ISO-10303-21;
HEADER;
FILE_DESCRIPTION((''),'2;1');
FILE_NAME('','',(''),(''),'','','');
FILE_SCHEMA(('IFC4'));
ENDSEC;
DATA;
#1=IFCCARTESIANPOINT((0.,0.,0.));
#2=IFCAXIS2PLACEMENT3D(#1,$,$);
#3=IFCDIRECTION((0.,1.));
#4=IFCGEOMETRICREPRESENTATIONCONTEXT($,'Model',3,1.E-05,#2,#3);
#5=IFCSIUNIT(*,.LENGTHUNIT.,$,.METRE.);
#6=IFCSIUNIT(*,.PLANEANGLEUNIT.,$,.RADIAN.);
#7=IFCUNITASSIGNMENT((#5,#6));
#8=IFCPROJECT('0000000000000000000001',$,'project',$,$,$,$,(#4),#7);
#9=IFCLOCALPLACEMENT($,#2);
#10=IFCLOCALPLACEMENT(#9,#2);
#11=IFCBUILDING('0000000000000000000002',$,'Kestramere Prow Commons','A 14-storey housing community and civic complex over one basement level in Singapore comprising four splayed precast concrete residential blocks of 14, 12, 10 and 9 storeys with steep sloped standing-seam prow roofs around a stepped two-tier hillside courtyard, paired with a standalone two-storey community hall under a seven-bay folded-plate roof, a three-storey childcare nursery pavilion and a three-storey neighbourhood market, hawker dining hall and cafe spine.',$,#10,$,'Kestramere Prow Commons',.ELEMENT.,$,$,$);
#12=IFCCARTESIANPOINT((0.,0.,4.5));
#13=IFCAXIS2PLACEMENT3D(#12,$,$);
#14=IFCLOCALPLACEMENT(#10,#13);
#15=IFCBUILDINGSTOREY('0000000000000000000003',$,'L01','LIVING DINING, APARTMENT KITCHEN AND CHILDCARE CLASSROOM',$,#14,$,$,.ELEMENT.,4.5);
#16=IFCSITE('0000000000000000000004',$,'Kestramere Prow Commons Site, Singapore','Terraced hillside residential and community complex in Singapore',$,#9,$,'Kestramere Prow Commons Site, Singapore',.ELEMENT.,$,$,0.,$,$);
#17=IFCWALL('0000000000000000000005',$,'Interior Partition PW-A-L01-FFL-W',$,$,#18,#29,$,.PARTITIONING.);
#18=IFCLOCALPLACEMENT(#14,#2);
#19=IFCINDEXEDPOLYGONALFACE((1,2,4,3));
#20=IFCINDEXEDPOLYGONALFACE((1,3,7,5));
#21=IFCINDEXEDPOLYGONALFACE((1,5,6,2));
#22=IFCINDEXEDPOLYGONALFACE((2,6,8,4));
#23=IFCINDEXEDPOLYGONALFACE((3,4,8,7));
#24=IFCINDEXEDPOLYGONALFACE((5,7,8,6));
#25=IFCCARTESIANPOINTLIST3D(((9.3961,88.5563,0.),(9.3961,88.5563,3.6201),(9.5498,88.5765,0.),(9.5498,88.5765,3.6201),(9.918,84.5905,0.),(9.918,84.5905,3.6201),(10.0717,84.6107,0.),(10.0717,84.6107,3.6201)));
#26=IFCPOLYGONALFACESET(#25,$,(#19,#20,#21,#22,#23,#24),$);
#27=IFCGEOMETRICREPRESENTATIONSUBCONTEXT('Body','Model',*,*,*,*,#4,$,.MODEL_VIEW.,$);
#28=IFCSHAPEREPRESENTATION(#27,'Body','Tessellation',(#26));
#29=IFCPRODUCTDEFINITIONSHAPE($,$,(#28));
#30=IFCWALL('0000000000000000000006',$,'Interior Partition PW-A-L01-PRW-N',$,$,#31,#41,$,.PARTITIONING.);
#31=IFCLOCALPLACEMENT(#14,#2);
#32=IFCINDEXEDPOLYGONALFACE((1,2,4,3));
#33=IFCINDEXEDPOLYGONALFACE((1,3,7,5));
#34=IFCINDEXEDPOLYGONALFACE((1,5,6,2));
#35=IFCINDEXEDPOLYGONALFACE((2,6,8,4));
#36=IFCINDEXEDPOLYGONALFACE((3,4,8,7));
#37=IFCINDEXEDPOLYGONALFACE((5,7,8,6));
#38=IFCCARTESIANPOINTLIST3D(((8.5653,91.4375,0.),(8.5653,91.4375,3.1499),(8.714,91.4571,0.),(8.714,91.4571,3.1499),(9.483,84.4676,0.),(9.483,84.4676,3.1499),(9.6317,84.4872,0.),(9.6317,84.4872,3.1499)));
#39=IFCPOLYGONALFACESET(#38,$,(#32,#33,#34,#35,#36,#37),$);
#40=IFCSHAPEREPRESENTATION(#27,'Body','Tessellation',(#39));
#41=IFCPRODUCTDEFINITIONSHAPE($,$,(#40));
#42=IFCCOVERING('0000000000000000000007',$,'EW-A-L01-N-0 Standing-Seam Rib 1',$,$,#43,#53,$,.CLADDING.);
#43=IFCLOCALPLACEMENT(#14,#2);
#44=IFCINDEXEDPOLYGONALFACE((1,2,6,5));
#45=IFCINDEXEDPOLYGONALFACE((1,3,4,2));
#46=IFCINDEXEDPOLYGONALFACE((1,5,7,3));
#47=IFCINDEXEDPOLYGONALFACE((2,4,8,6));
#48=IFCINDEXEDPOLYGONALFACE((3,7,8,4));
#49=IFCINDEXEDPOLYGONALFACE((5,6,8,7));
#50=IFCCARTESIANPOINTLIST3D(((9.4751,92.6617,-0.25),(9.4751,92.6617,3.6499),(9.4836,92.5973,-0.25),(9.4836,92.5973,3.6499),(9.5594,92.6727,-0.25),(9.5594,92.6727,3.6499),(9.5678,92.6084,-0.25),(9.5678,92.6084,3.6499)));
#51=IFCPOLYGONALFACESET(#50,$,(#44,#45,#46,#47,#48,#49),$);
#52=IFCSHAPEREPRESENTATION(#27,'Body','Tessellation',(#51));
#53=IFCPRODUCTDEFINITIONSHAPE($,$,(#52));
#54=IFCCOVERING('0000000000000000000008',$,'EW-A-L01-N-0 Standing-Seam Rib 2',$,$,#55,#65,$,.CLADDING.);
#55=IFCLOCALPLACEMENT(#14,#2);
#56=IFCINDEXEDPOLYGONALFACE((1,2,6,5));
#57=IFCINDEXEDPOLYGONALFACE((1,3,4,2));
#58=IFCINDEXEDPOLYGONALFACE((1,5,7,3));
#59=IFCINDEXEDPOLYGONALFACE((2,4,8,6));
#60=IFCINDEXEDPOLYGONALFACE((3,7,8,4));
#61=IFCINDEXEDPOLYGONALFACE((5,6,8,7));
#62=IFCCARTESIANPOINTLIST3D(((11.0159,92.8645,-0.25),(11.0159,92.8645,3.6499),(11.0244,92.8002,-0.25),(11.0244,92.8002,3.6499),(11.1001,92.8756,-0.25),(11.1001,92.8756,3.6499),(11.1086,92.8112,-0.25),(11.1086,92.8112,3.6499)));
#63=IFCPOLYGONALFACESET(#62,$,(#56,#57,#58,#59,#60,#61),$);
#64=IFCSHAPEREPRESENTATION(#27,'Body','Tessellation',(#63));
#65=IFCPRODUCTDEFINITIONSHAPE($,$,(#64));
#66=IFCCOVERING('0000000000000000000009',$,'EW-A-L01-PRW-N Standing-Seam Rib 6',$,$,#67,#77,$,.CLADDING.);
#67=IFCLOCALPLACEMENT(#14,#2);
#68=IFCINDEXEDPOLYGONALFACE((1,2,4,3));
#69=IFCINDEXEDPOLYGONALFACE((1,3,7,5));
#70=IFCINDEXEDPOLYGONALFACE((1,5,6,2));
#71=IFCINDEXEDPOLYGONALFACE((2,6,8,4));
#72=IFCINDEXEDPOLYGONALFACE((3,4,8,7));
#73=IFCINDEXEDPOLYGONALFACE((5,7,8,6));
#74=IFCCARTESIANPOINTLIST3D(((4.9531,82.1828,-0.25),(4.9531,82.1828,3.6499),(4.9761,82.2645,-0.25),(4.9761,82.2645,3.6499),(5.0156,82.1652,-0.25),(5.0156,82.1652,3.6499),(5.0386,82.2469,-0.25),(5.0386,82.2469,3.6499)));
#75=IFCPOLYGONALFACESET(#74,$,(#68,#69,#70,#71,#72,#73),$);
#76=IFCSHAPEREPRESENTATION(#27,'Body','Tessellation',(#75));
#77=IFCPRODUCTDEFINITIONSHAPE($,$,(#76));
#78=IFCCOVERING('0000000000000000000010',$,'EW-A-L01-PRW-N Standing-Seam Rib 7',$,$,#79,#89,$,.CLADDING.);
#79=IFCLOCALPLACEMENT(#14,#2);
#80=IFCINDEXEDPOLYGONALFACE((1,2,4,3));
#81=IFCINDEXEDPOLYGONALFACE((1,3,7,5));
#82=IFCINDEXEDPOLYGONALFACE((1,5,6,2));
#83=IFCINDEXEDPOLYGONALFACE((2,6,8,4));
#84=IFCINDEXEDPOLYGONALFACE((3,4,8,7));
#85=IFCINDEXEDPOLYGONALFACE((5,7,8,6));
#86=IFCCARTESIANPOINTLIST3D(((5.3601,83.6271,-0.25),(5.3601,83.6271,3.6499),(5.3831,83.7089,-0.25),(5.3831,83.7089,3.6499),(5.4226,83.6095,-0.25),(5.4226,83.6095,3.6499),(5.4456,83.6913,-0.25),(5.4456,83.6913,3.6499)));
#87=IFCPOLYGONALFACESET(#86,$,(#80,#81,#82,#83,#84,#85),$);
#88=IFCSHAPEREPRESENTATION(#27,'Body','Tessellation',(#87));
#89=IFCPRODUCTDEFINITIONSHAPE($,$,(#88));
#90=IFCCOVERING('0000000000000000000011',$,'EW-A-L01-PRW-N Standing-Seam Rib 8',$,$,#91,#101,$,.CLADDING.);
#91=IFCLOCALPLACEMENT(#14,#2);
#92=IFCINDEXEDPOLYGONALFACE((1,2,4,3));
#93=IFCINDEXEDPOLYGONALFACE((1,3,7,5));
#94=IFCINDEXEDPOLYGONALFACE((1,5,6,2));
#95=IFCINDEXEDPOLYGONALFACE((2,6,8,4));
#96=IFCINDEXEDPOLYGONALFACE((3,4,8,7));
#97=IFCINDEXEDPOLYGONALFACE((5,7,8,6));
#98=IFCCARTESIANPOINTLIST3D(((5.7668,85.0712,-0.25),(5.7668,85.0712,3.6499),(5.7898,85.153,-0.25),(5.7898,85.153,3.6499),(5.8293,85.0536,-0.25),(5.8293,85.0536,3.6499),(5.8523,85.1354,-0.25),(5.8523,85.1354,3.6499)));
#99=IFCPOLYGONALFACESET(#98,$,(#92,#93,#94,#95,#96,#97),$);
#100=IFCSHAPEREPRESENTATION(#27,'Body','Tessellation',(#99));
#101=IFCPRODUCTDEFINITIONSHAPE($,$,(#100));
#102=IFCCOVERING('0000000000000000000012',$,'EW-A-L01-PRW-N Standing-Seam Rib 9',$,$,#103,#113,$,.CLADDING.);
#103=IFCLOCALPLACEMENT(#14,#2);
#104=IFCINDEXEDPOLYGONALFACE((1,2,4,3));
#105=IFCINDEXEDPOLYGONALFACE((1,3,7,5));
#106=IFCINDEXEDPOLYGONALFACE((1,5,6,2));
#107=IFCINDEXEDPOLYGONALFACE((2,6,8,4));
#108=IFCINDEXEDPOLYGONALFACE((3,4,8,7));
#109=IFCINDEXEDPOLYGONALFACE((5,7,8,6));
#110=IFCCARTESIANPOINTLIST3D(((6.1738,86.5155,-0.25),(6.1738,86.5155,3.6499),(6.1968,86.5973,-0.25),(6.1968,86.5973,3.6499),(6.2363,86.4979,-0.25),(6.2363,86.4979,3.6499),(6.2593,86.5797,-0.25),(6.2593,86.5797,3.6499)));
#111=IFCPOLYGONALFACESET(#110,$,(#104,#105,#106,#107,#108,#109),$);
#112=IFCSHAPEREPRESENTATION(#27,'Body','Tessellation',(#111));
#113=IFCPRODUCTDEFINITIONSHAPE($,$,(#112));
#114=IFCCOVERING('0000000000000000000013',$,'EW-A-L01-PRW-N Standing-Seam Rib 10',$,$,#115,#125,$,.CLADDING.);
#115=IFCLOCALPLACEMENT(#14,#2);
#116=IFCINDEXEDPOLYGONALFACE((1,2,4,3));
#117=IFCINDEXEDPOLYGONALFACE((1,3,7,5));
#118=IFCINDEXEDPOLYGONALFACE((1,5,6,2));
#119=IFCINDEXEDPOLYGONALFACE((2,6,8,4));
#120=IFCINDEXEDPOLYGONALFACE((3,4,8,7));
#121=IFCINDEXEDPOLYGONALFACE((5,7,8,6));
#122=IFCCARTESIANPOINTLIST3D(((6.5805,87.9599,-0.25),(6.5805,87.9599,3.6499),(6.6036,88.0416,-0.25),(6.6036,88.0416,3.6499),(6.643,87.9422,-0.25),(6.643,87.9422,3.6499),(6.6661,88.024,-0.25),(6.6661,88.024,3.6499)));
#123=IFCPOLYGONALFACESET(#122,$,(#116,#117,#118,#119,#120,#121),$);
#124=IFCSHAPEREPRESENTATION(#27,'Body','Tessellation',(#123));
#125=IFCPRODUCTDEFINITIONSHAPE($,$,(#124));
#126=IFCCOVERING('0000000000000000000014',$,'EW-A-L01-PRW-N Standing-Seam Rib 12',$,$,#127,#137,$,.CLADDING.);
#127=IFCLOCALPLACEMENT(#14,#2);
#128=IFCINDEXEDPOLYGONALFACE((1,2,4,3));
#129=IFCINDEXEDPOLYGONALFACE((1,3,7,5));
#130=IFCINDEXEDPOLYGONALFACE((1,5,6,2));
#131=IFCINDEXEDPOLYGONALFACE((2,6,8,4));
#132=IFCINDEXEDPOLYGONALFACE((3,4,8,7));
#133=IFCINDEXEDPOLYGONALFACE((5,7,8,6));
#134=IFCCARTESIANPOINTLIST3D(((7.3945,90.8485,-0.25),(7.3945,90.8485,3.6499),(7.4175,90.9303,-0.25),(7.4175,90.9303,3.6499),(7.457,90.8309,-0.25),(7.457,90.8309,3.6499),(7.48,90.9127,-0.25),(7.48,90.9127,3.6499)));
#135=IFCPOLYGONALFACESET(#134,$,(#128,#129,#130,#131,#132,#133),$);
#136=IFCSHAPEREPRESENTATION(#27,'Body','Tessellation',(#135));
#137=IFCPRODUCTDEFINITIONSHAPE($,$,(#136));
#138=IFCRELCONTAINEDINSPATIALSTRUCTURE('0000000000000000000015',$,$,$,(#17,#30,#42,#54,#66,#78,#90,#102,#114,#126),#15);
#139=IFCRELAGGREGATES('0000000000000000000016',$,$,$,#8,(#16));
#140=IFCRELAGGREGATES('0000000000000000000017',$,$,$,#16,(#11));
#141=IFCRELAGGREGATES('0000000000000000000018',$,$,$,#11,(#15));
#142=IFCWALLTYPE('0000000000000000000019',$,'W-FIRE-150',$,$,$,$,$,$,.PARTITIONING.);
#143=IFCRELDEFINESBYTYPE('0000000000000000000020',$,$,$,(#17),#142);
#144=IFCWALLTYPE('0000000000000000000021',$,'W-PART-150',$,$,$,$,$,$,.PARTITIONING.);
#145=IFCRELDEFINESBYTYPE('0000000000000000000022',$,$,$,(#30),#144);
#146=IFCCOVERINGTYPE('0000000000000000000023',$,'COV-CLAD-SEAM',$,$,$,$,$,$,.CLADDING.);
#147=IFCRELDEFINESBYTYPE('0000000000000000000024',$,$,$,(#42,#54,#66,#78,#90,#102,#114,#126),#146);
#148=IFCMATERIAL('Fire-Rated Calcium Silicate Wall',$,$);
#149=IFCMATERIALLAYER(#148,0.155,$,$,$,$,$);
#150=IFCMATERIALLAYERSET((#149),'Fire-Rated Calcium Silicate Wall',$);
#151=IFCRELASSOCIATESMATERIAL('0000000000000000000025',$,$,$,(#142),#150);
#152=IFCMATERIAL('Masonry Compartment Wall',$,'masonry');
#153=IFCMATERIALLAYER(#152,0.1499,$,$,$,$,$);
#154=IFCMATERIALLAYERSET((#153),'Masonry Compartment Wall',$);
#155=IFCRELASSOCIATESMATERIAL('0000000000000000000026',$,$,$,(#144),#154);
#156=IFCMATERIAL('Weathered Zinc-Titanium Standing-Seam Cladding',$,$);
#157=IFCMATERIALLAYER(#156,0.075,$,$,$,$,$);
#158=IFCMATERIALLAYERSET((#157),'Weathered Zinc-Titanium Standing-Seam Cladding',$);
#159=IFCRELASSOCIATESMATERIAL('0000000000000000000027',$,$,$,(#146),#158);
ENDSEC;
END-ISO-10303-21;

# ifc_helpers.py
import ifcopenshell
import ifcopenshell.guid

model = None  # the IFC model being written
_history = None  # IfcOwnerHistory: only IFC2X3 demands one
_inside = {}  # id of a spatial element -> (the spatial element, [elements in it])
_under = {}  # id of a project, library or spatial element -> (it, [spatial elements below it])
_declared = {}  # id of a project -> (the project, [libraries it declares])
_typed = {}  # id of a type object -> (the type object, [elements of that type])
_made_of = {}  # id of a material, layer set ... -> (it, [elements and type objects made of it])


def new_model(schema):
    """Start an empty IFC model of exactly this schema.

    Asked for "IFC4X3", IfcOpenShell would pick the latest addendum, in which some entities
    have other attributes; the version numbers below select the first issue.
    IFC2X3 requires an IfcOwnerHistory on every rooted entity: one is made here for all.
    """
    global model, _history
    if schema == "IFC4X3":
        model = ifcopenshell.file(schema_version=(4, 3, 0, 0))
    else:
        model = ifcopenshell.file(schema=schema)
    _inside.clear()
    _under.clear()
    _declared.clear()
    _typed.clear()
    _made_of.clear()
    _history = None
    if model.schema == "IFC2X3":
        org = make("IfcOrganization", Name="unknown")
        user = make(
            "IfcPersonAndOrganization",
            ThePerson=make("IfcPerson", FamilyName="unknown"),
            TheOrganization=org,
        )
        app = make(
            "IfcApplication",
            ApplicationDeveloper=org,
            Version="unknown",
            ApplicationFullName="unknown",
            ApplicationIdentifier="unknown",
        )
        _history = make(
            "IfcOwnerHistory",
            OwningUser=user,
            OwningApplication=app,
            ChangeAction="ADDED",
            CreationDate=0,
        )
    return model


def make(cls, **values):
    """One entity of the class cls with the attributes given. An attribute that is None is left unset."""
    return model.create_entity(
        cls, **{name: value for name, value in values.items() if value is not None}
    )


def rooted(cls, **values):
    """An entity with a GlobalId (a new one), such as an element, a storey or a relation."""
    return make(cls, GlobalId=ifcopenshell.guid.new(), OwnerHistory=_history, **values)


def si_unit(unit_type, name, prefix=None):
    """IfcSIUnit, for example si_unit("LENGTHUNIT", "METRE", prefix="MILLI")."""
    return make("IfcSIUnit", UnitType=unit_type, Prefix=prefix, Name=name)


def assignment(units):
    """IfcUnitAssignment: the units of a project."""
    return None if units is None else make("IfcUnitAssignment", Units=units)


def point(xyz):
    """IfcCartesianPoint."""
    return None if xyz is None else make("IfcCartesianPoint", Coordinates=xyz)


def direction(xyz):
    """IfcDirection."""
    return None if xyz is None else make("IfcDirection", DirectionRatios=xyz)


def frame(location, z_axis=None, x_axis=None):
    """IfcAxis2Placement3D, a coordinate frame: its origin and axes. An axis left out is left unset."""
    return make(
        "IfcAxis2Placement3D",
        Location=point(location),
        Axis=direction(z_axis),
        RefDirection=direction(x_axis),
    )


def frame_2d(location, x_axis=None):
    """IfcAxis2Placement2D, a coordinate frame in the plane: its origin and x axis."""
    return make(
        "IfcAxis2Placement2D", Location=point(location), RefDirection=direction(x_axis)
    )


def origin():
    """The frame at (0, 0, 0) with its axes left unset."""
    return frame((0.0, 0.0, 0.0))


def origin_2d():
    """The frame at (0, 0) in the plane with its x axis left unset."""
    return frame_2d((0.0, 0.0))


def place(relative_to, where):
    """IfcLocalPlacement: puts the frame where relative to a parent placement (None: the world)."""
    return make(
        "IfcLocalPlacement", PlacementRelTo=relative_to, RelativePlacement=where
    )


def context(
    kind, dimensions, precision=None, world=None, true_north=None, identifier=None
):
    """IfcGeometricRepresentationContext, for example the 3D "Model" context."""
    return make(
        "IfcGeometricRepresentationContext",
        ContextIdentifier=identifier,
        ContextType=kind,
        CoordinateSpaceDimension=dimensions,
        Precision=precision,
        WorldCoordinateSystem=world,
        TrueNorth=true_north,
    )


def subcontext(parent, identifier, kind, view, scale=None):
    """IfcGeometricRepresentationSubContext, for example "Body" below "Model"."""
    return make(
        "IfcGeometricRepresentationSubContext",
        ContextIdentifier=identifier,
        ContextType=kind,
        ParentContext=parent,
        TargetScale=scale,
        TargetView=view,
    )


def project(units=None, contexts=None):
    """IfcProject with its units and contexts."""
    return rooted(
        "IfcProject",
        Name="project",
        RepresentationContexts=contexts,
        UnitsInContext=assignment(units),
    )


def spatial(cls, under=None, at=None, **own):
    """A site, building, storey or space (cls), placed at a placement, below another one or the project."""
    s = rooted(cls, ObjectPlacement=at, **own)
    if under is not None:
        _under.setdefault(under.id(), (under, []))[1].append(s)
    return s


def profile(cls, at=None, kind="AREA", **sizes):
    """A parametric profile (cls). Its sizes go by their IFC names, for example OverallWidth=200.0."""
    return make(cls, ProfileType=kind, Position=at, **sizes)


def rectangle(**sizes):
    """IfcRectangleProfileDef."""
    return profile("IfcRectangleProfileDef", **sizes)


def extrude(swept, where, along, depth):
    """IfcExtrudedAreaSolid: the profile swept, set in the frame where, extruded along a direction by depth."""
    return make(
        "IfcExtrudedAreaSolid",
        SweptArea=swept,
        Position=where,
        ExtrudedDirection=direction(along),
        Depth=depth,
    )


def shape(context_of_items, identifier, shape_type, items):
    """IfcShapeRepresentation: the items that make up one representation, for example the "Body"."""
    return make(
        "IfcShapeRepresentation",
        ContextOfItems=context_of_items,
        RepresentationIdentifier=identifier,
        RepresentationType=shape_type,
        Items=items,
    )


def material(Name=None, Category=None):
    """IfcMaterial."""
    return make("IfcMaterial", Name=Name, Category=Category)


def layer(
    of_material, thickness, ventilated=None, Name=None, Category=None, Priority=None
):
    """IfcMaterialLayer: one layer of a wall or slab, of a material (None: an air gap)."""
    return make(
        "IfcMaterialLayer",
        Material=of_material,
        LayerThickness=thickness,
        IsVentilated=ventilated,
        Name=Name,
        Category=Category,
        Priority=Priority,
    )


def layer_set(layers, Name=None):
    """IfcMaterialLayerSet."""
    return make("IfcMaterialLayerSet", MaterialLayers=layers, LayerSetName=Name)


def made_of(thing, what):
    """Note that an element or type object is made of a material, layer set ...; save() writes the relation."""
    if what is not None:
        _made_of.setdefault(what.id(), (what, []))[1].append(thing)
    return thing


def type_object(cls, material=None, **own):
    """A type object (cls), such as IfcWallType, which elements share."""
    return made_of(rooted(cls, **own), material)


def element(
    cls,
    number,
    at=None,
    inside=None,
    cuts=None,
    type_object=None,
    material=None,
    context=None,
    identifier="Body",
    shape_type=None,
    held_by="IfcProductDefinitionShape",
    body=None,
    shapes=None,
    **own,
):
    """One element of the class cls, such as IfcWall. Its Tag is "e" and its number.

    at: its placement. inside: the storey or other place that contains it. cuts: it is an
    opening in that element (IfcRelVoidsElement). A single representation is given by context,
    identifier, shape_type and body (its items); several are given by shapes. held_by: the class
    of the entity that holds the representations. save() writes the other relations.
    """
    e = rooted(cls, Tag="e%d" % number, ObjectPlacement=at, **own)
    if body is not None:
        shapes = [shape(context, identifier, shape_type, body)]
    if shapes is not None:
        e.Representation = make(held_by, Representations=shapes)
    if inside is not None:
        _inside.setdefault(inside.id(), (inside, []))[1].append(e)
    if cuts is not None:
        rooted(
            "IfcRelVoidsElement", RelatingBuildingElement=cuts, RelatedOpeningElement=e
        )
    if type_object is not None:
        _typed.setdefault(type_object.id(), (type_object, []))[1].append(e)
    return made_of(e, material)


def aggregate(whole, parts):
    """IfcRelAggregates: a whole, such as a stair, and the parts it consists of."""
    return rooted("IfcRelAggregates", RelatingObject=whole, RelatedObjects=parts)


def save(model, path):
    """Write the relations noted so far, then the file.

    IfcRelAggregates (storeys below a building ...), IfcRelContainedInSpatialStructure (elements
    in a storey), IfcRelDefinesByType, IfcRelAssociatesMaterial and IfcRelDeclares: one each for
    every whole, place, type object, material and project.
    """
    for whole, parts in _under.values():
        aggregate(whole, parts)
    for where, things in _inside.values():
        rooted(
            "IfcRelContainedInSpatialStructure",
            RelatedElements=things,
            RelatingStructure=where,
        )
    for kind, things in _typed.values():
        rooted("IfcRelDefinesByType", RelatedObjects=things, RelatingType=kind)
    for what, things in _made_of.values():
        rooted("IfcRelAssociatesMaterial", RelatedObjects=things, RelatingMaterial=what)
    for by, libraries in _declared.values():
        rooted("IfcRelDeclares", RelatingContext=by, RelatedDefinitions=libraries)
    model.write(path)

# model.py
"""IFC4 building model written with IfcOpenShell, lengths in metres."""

from ifc_helpers import new_model, si_unit, direction, frame, frame_2d, origin, origin_2d, place, context, subcontext, project, spatial, rectangle, extrude, material, layer, layer_set, type_object, element, save


model = new_model("IFC4")

# Units and contexts
model_context = context("Model", 3, precision=1e-05, world=origin(), true_north=direction((0.0, 1.0)))
body_context = subcontext(model_context, "Body", "Model", "MODEL_VIEW")
ifc_project = project(units=[si_unit("LENGTHUNIT", "METRE"), si_unit("PLANEANGLEUNIT", "RADIAN")], contexts=[model_context])

# Site, building, storey
site_placement = place(None, origin())
site = spatial("IfcSite", under=ifc_project, at=site_placement, Name="Kestramere Prow Commons Site, Singapore", Description="Terraced hillside residential and community complex in Singapore", LongName="Kestramere Prow Commons Site, Singapore", CompositionType="ELEMENT", RefElevation=0.0)
building_placement = place(site_placement, origin())
building = spatial("IfcBuilding", under=site, at=building_placement, Name="Kestramere Prow Commons", Description="A 14-storey housing community and civic complex over one basement level in Singapore comprising four splayed precast concrete residential blocks of 14, 12, 10 and 9 storeys with steep sloped standing-seam prow roofs around a stepped two-tier hillside courtyard, paired with a standalone two-storey community hall under a seven-bay folded-plate roof, a three-storey childcare nursery pavilion and a three-storey neighbourhood market, hawker dining hall and cafe spine.", LongName="Kestramere Prow Commons", CompositionType="ELEMENT")
storey_placement = place(building_placement, frame((0.0, 0.0, 4.5)))
storey = spatial("IfcBuildingStorey", under=building, at=storey_placement, Name="L01", Description="LIVING DINING, APARTMENT KITCHEN AND CHILDCARE CLASSROOM", CompositionType="ELEMENT", Elevation=4.5)

# Shared definitions
ifc_material_1 = material(Name="Fire-Rated Calcium Silicate Wall")
ifc_layer_1 = layer(ifc_material_1, 0.155)
ifc_layer_set_1 = layer_set([ifc_layer_1], Name="Fire-Rated Calcium Silicate Wall")
wall_type_1 = type_object("IfcWallType", Name="W-FIRE-150", PredefinedType="PARTITIONING", material=ifc_layer_set_1)

# Walls
wall_1_placement = place(storey_placement, frame((9.9949, 84.6006, 0.0), z_axis=(0.0, 0.0, 1.0), x_axis=(-0.130492, 0.991449, 0.0)))
element("IfcWall", 1, at=wall_1_placement, inside=storey, type_object=wall_type_1, Name="Interior Partition PW-A-L01-FFL-W", PredefinedType="PARTITIONING", context=body_context, shape_type="SweptSolid", body=[
    extrude(rectangle(XDim=4.0, YDim=0.155, at=frame_2d((2.0, 0.0))), origin(), (0.0, 0.0, 1.0), 3.6201),
])
ifc_material_2 = material(Name="Masonry Compartment Wall", Category="masonry")
ifc_layer_2 = layer(ifc_material_2, 0.1499)
ifc_layer_set_2 = layer_set([ifc_layer_2], Name="Masonry Compartment Wall")
wall_type_2 = type_object("IfcWallType", Name="W-PART-150", PredefinedType="PARTITIONING", material=ifc_layer_set_2)
wall_2_placement = place(storey_placement, frame((9.5574, 84.4773, 0.0), z_axis=(0.0, 0.0, 1.0), x_axis=(-0.130542, 0.991443, 0.0)))
element("IfcWall", 2, at=wall_2_placement, inside=storey, type_object=wall_type_2, Name="Interior Partition PW-A-L01-PRW-N", PredefinedType="PARTITIONING", context=body_context, shape_type="SweptSolid", body=[
    extrude(rectangle(XDim=7.03, YDim=0.1499, at=frame_2d((3.5151, 0.0))), origin(), (0.0, 0.0, 1.0), 3.1499),
])

# Coverings
ifc_material_3 = material(Name="Weathered Zinc-Titanium Standing-Seam Cladding")
ifc_layer_3 = layer(ifc_material_3, 0.075)
ifc_layer_set_3 = layer_set([ifc_layer_3], Name="Weathered Zinc-Titanium Standing-Seam Cladding")
covering_type = type_object("IfcCoveringType", Name="COV-CLAD-SEAM", PredefinedType="CLADDING", material=ifc_layer_set_3)
for number, where, z_axis, x_axis, name in (
    (3, (9.5215, 92.635, -0.25), (0.0, 0.0, 1.0), (0.991445, 0.130526, 0.0), "EW-A-L01-N-0 Standing-Seam Rib 1"),
    (4, (11.0623, 92.8379, -0.25), (0.0, 0.0, 1.0), (0.991445, 0.130526, 0.0), "EW-A-L01-N-0 Standing-Seam Rib 2"),
    (5, (4.9958, 82.2148, -0.25), (0.0, 0.0, 1.0), (0.27116, 0.962534, 0.0), "EW-A-L01-PRW-N Standing-Seam Rib 6"),
    (6, (5.4028, 83.6592, -0.25), (0.0, 0.0, 1.0), (0.27116, 0.962534, 0.0), "EW-A-L01-PRW-N Standing-Seam Rib 7"),
    (7, (5.8096, 85.1033, -0.25), (0.0, 0.0, 1.0), (0.27116, 0.962534, 0.0), "EW-A-L01-PRW-N Standing-Seam Rib 8"),
    (8, (6.2166, 86.5476, -0.25), (0.0, 0.0, 1.0), (0.27116, 0.962534, 0.0), "EW-A-L01-PRW-N Standing-Seam Rib 9"),
    (9, (6.6233, 87.9919, -0.25), (0.0, 0.0, 1.0), (0.27116, 0.962534, 0.0), "EW-A-L01-PRW-N Standing-Seam Rib 10"),
    (10, (7.4373, 90.8806, -0.25), (0.0, 0.0, 1.0), (0.27116, 0.962534, 0.0), "EW-A-L01-PRW-N Standing-Seam Rib 12"),
):
    element("IfcCovering", number, at=place(storey_placement, frame(where, z_axis=z_axis, x_axis=x_axis)), inside=storey, type_object=covering_type, Name=name, PredefinedType="CLADDING", context=body_context, shape_type="SweptSolid", body=[
        extrude(rectangle(XDim=0.085, YDim=0.0649, at=origin_2d()), origin(), (0.0, 0.0, 1.0), 3.8999),
    ])

save(model, "model.ifc")
